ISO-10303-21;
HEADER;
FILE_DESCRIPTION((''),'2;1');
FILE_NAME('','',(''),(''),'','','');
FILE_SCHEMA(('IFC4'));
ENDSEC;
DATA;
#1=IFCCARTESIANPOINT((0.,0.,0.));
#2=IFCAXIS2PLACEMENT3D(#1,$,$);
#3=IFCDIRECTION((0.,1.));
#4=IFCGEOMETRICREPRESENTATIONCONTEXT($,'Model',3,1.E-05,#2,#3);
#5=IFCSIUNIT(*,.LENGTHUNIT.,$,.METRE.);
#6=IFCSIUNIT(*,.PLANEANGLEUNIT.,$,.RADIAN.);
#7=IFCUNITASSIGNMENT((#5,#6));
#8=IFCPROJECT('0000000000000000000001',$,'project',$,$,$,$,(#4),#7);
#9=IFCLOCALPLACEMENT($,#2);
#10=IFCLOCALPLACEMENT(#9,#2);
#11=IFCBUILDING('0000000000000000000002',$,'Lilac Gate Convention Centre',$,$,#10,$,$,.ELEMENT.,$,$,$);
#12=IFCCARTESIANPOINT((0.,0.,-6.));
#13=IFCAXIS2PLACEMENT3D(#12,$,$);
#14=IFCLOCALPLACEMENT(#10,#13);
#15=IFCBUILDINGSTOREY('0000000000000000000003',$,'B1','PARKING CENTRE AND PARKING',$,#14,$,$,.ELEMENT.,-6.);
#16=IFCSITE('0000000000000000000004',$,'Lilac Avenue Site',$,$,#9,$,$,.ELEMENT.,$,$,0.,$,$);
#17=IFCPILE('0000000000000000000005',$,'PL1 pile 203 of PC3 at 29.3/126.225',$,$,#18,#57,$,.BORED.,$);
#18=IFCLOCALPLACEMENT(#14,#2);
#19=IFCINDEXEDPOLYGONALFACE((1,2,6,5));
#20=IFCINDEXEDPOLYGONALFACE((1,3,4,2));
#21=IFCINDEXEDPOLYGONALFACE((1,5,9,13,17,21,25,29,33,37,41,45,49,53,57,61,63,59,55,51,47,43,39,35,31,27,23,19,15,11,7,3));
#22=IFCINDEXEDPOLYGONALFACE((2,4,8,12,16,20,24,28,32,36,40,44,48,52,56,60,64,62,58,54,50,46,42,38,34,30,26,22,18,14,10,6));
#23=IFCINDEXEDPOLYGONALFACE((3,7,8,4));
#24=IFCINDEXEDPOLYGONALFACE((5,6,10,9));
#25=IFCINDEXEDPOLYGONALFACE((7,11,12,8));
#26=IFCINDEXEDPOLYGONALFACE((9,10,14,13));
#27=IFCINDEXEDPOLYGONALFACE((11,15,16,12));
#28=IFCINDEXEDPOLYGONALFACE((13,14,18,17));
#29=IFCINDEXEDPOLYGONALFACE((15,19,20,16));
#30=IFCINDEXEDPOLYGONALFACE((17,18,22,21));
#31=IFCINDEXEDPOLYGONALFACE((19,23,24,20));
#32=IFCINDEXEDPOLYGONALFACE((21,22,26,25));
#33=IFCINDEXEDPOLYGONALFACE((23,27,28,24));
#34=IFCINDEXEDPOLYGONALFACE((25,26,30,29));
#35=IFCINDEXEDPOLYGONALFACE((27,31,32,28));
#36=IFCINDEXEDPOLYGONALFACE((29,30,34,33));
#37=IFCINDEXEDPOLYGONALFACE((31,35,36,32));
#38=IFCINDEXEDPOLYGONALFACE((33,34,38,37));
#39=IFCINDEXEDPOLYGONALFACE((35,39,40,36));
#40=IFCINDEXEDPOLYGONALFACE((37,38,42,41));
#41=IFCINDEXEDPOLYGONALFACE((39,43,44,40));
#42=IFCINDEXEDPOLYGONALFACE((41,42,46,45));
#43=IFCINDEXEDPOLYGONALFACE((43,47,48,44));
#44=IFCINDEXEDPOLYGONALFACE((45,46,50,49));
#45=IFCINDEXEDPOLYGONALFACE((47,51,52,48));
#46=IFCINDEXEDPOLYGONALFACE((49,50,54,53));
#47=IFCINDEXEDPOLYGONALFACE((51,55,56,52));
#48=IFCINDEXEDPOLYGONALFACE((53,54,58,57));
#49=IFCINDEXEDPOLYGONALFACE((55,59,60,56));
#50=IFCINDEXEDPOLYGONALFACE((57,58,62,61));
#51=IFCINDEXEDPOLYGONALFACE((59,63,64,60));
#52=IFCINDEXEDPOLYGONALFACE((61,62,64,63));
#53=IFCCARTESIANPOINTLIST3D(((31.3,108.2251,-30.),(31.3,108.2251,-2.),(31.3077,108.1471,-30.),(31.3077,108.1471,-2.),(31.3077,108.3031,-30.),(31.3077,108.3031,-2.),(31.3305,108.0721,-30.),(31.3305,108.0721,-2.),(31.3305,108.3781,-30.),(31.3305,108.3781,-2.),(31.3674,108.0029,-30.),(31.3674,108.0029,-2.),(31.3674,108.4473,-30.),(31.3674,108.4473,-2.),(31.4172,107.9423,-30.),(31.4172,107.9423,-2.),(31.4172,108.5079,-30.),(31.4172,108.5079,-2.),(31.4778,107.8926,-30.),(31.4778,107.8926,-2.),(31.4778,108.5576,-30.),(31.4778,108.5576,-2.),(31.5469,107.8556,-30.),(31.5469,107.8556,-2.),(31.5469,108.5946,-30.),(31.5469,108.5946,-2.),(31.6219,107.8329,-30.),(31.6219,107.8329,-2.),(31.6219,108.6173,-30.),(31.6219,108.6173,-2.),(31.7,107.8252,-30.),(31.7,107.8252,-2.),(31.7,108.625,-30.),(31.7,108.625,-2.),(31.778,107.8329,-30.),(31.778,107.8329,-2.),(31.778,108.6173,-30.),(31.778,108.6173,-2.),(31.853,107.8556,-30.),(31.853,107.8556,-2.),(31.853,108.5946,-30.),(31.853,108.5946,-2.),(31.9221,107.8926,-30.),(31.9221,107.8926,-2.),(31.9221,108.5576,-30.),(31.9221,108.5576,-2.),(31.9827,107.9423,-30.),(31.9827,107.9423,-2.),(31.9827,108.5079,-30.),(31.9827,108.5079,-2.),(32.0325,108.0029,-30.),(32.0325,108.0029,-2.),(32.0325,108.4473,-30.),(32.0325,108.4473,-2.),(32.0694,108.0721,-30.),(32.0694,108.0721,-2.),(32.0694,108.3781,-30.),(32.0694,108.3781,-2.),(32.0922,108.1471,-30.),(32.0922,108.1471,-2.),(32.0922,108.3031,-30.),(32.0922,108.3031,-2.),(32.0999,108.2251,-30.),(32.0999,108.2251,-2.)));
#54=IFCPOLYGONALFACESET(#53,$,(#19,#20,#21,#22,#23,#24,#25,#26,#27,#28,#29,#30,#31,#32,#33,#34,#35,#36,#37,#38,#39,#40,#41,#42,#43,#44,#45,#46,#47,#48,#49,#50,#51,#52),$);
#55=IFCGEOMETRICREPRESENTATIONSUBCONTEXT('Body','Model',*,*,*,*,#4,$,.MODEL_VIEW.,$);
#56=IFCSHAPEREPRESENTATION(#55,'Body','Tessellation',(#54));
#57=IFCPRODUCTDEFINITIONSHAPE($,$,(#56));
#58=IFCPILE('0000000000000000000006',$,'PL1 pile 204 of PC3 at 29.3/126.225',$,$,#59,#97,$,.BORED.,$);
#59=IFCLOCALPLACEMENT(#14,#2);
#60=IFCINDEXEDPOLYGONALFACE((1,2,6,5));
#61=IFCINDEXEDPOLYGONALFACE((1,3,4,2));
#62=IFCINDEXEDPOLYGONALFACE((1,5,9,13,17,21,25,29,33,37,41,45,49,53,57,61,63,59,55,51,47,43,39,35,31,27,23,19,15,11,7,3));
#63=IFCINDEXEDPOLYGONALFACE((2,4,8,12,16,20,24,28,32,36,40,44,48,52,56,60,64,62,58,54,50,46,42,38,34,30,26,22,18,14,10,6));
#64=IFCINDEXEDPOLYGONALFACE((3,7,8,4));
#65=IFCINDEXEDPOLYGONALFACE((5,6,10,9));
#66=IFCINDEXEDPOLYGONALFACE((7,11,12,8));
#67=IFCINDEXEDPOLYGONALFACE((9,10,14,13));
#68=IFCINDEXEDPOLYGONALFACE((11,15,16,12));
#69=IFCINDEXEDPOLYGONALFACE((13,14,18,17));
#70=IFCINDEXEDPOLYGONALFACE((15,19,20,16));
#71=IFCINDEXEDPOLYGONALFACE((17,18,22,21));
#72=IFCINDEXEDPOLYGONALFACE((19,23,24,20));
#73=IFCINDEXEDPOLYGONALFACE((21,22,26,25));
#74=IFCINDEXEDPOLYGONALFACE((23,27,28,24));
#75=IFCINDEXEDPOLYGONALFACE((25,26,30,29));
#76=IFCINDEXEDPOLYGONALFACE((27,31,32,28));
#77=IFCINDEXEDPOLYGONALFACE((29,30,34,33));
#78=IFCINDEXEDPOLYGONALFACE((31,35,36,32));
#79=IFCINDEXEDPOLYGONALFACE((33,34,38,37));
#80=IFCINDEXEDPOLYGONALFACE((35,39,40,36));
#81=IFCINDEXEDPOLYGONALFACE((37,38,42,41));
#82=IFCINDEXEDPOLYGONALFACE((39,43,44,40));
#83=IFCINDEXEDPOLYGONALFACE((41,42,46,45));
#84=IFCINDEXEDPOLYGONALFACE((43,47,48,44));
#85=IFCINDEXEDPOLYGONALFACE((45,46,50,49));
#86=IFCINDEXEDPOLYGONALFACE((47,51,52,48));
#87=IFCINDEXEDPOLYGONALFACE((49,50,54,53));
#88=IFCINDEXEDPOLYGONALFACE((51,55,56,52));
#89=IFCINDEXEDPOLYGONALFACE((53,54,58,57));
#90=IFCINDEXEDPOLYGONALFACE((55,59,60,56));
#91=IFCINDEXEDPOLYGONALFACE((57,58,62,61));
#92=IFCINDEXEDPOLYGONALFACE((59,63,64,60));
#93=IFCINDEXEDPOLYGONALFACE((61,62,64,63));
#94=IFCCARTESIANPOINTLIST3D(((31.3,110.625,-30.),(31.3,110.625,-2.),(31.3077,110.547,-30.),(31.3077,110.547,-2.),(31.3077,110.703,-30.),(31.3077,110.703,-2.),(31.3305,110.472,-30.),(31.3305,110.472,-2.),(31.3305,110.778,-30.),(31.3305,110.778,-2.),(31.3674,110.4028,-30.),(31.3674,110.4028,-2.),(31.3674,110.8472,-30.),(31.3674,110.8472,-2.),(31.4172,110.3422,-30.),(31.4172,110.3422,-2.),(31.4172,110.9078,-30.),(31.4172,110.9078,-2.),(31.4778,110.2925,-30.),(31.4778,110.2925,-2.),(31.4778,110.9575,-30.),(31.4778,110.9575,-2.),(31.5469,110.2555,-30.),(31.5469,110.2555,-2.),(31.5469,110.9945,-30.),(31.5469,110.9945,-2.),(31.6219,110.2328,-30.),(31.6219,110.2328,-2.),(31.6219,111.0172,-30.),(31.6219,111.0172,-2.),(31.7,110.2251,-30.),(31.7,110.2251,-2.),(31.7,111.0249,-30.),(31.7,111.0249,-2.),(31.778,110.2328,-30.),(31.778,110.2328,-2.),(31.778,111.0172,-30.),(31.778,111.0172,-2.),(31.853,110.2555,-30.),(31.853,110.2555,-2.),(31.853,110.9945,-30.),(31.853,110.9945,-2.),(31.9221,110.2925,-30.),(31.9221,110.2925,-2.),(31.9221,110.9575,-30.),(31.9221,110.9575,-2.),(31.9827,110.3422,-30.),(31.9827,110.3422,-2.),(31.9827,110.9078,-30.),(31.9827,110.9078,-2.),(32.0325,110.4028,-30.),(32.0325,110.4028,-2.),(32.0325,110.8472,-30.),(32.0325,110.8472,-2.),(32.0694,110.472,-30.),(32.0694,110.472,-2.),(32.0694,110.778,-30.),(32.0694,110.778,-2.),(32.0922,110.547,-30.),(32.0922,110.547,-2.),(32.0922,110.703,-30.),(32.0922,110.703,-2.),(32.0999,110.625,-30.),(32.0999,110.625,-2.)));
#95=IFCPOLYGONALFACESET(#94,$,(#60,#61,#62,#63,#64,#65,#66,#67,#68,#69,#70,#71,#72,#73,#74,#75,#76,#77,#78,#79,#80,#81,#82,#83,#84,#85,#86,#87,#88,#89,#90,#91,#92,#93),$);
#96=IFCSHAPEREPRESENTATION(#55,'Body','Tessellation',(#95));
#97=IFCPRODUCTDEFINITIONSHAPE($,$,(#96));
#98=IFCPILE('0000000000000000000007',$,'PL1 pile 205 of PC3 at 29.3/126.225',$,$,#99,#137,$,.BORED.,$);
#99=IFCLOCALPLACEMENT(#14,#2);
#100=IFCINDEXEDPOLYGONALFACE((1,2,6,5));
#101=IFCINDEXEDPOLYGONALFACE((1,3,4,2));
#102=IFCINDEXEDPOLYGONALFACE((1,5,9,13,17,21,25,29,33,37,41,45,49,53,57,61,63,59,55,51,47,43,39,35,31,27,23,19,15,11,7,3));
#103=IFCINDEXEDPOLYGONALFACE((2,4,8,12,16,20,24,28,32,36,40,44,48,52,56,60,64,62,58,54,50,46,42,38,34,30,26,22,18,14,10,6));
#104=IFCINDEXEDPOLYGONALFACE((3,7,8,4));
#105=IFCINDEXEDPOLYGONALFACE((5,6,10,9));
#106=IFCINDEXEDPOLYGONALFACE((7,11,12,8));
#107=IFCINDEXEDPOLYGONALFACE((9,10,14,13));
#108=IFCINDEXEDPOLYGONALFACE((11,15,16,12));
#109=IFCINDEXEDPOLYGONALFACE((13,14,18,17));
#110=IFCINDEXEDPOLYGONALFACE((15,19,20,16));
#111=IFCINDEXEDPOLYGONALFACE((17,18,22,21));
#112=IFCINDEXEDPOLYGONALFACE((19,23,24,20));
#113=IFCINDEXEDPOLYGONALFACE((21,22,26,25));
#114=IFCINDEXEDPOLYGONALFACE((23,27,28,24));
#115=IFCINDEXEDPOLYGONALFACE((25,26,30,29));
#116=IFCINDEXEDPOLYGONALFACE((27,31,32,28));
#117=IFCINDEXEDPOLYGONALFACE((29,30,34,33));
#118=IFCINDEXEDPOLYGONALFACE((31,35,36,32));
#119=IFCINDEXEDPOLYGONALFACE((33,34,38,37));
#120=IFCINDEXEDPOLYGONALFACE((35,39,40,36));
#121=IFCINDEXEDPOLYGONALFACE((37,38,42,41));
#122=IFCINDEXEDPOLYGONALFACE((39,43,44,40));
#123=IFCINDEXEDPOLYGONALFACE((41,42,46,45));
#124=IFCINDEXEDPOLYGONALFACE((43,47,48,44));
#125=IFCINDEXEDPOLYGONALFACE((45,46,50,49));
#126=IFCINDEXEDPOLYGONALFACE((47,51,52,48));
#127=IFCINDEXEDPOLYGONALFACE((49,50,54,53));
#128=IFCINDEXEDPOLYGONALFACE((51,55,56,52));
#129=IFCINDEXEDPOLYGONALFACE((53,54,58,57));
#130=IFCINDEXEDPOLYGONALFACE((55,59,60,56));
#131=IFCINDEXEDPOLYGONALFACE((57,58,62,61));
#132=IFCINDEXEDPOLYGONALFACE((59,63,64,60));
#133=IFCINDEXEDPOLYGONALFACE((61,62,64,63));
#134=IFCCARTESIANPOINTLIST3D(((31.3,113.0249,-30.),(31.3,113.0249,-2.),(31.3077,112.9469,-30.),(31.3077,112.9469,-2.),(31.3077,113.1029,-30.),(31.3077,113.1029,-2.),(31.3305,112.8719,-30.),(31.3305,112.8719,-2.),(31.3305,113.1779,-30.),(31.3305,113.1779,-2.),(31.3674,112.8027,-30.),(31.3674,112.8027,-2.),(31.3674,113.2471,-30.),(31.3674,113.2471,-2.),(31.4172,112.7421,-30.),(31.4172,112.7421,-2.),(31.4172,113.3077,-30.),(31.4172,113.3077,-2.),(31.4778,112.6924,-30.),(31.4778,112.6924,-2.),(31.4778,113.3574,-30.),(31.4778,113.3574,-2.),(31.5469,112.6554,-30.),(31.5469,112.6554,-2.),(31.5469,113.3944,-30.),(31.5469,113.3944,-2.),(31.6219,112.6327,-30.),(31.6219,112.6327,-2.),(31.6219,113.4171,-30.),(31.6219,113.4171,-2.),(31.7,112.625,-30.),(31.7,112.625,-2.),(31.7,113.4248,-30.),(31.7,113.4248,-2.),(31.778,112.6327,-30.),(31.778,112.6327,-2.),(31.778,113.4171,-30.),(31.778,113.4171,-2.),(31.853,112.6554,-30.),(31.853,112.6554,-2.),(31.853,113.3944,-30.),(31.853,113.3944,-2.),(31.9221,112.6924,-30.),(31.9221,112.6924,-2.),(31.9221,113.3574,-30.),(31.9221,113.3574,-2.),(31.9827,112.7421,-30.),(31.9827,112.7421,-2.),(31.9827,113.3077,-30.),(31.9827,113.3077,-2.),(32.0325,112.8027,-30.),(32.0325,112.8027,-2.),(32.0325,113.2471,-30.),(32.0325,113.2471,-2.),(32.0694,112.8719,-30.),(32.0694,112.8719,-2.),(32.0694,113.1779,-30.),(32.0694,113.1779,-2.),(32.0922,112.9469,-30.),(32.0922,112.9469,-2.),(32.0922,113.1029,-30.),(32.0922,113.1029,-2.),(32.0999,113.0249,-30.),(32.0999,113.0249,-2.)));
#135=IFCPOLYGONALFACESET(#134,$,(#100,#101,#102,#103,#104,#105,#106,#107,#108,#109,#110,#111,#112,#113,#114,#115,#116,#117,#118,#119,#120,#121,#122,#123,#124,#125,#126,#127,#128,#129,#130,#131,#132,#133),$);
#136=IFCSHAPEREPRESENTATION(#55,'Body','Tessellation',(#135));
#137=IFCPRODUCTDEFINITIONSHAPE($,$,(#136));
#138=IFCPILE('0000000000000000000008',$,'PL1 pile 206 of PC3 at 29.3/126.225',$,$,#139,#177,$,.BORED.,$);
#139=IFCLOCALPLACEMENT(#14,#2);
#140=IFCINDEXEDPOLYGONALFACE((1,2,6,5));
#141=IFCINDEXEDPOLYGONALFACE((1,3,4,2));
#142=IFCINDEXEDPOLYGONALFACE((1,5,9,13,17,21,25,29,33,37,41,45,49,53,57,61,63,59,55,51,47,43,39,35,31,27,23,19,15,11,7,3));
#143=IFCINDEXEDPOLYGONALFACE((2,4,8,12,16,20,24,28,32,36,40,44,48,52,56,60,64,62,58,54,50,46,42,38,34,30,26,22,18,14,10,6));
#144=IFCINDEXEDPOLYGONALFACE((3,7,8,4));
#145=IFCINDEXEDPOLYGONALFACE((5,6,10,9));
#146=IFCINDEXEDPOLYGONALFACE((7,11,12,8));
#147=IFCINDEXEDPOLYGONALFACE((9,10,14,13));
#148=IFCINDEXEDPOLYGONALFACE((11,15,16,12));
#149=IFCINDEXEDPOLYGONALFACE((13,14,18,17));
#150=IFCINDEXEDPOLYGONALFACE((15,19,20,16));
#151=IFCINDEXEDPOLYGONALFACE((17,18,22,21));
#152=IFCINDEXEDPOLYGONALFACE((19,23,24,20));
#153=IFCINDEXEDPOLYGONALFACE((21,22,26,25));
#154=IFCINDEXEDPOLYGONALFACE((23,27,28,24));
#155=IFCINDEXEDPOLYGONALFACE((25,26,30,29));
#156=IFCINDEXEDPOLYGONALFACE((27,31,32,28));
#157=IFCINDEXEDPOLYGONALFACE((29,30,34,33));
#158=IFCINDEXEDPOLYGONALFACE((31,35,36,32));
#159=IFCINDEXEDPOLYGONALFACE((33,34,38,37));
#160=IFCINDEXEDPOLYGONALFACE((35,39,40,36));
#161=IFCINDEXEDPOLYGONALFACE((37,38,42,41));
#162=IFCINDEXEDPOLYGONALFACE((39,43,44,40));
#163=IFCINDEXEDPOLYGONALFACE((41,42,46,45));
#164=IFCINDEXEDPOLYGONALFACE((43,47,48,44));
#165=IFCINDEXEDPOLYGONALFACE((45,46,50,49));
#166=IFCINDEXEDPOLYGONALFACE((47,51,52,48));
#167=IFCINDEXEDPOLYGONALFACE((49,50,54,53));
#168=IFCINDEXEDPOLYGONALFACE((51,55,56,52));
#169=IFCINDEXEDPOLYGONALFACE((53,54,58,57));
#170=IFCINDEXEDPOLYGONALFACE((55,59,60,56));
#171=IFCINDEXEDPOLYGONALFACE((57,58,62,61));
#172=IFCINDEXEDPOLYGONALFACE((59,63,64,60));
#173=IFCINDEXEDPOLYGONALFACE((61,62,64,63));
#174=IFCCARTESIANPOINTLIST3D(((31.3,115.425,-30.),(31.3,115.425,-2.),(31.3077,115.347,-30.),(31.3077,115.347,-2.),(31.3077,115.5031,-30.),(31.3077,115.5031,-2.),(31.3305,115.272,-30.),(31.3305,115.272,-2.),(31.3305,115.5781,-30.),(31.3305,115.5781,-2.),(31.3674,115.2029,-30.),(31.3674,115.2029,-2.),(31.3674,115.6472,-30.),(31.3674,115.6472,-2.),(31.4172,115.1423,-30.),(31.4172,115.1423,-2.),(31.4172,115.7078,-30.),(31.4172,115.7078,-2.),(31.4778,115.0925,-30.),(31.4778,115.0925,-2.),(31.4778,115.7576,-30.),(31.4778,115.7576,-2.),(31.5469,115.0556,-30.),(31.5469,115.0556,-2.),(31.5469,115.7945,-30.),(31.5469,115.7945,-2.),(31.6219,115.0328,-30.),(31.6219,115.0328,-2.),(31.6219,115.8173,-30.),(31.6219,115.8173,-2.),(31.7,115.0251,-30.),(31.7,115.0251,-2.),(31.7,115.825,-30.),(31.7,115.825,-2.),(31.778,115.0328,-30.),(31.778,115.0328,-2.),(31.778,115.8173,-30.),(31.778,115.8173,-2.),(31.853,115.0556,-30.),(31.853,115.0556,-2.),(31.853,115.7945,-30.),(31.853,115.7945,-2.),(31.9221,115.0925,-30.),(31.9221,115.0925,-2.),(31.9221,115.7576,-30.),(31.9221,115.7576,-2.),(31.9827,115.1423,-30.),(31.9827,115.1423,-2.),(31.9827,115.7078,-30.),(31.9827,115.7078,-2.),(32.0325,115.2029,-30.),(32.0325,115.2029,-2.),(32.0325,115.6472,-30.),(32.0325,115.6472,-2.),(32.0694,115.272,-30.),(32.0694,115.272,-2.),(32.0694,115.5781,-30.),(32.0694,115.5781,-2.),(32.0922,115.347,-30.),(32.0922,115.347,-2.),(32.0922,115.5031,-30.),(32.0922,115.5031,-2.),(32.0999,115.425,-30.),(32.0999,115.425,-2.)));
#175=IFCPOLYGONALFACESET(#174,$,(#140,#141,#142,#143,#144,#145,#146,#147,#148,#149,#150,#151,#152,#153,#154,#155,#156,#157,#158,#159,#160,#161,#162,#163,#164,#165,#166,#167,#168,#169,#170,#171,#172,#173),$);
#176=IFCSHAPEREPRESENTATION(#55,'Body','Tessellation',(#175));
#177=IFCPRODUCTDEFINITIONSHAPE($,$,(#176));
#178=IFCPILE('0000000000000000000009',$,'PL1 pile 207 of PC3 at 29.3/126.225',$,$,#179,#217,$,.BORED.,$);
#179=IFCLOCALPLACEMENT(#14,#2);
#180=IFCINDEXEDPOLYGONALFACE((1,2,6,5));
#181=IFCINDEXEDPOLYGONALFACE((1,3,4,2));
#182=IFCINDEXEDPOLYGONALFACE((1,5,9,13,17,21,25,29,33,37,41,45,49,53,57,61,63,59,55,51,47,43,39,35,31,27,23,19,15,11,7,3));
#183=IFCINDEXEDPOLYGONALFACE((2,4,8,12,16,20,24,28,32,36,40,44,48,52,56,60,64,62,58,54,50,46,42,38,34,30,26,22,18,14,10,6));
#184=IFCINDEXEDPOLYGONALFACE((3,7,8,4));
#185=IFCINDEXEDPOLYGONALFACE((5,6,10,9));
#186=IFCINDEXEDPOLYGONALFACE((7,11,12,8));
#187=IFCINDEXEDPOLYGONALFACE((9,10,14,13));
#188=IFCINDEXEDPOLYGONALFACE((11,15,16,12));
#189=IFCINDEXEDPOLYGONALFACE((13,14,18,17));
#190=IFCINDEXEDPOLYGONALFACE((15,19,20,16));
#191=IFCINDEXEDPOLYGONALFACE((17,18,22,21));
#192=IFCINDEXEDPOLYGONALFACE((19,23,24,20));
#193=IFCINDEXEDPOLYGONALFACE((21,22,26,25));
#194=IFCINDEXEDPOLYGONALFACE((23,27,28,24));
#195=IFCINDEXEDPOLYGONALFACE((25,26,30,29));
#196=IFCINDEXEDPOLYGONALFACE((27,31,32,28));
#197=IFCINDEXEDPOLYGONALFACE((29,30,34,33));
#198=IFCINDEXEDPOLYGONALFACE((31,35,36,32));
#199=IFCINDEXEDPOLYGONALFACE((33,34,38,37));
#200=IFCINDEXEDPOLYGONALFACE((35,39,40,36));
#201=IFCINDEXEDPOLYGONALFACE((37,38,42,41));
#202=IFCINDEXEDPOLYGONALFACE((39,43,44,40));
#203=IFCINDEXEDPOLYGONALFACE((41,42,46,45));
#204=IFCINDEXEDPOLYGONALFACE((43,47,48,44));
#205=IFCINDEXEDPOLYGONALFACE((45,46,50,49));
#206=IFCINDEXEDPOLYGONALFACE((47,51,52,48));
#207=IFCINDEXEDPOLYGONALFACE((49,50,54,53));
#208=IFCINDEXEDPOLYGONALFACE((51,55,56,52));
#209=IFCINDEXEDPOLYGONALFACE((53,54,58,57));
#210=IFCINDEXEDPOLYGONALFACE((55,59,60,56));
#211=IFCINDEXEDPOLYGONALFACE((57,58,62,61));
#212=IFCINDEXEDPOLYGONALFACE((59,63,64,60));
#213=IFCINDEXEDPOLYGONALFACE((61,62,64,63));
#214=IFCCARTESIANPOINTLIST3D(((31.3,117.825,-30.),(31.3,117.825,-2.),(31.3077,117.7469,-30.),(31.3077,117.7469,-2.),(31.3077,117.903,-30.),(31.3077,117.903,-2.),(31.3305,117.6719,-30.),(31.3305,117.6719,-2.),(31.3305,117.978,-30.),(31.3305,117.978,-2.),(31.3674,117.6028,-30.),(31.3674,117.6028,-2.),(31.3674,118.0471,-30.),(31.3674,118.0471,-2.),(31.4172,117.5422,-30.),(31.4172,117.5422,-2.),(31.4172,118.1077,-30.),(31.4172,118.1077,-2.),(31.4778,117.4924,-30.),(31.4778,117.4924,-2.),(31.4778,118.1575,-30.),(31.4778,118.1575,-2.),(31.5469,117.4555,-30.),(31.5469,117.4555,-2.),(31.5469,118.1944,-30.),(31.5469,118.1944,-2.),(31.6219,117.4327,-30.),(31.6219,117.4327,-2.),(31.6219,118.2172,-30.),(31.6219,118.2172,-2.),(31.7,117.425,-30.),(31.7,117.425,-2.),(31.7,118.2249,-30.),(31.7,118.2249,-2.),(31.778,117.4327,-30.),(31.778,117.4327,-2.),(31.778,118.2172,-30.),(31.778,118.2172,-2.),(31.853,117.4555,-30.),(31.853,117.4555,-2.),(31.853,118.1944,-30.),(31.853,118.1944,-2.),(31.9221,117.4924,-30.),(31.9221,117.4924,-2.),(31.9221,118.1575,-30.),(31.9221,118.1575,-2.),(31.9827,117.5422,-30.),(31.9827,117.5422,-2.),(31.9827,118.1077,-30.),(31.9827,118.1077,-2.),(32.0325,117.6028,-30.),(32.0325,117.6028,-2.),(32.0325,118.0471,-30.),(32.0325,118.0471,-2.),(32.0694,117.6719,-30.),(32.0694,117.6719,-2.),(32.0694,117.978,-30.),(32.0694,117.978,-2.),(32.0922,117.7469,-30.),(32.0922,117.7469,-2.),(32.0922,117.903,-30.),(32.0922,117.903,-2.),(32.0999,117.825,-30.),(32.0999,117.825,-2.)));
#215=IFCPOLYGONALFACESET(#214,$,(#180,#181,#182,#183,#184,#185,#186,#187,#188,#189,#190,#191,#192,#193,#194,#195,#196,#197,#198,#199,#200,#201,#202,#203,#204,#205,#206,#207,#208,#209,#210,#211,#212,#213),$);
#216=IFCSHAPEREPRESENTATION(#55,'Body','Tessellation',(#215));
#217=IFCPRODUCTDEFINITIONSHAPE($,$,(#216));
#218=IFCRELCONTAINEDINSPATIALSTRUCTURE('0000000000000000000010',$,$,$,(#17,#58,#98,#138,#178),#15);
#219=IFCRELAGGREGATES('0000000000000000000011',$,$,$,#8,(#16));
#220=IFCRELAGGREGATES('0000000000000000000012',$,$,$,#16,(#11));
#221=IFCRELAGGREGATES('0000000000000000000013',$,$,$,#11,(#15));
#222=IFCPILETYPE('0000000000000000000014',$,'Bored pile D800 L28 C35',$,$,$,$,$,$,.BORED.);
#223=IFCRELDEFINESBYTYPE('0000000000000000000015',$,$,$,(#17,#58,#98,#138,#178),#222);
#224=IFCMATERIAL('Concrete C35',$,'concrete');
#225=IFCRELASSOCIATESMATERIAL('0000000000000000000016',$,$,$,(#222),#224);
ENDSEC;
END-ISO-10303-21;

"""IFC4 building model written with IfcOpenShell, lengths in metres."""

from ifc_helpers import new_model, si_unit, direction, frame, origin, origin_2d, place, context, subcontext, project, spatial, circle, extrude, material, material_profile, profile_set, type_object, element, save


model = new_model("IFC4")

# Units and contexts
model_context = context("Model", 3, precision=1e-05, world=origin(), true_north=direction((0.0, 1.0)))
body_context = subcontext(model_context, "Body", "Model", "MODEL_VIEW")
ifc_project = project(units=[si_unit("LENGTHUNIT", "METRE"), si_unit("PLANEANGLEUNIT", "RADIAN")], contexts=[model_context])

# Site, building, storey
site_placement = place(None, origin())
site = spatial("IfcSite", under=ifc_project, at=site_placement, Name="Lilac Avenue Site", CompositionType="ELEMENT", RefElevation=0.0)
building_placement = place(site_placement, origin())
building = spatial("IfcBuilding", under=site, at=building_placement, Name="Lilac Gate Convention Centre", CompositionType="ELEMENT")
storey_placement = place(building_placement, frame((0.0, 0.0, -6.0)))
storey = spatial("IfcBuildingStorey", under=building, at=storey_placement, Name="B1", Description="PARKING CENTRE AND PARKING", CompositionType="ELEMENT", Elevation=-6.0)

# Piles
ifc_material_1 = material(Name="Concrete C35", Category="concrete")
ifc_material_profile_1 = material_profile(ifc_material_1, circle(Radius=0.3999, at=origin_2d()), Name="D800")
ifc_profile_set_1 = profile_set([ifc_material_profile_1], Name="Concrete C35")
pile_type = type_object("IfcPileType", Name="Bored pile D800 L28 C35", PredefinedType="BORED", material=ifc_profile_set_1)
for number, where, z_axis, x_axis, name in (
    (1, (31.7, 108.2251, -2.0), (0.0, 0.0, -1.0), (1.0, 0.0, 0.0), "PL1 pile 203 of PC3 at 29.3/126.225"),
    (2, (31.7, 110.625, -2.0), (0.0, 0.0, -1.0), (1.0, 0.0, 0.0), "PL1 pile 204 of PC3 at 29.3/126.225"),
    (3, (31.7, 113.0249, -2.0), (0.0, 0.0, -1.0), (1.0, 0.0, 0.0), "PL1 pile 205 of PC3 at 29.3/126.225"),
    (4, (31.7, 115.425, -2.0), (0.0, 0.0, -1.0), (1.0, 0.0, 0.0), "PL1 pile 206 of PC3 at 29.3/126.225"),
    (5, (31.7, 117.825, -2.0), (0.0, 0.0, -1.0), (1.0, 0.0, 0.0), "PL1 pile 207 of PC3 at 29.3/126.225"),
):
    element("IfcPile", number, at=place(storey_placement, frame(where, z_axis=z_axis, x_axis=x_axis)), inside=storey, type_object=pile_type, Name=name, PredefinedType="BORED", context=body_context, shape_type="SweptSolid", body=[
        extrude(circle(Radius=0.3999, at=origin_2d()), origin(), (0.0, 0.0, 1.0), 28.0),
    ])

save(model, "model.ifc")
